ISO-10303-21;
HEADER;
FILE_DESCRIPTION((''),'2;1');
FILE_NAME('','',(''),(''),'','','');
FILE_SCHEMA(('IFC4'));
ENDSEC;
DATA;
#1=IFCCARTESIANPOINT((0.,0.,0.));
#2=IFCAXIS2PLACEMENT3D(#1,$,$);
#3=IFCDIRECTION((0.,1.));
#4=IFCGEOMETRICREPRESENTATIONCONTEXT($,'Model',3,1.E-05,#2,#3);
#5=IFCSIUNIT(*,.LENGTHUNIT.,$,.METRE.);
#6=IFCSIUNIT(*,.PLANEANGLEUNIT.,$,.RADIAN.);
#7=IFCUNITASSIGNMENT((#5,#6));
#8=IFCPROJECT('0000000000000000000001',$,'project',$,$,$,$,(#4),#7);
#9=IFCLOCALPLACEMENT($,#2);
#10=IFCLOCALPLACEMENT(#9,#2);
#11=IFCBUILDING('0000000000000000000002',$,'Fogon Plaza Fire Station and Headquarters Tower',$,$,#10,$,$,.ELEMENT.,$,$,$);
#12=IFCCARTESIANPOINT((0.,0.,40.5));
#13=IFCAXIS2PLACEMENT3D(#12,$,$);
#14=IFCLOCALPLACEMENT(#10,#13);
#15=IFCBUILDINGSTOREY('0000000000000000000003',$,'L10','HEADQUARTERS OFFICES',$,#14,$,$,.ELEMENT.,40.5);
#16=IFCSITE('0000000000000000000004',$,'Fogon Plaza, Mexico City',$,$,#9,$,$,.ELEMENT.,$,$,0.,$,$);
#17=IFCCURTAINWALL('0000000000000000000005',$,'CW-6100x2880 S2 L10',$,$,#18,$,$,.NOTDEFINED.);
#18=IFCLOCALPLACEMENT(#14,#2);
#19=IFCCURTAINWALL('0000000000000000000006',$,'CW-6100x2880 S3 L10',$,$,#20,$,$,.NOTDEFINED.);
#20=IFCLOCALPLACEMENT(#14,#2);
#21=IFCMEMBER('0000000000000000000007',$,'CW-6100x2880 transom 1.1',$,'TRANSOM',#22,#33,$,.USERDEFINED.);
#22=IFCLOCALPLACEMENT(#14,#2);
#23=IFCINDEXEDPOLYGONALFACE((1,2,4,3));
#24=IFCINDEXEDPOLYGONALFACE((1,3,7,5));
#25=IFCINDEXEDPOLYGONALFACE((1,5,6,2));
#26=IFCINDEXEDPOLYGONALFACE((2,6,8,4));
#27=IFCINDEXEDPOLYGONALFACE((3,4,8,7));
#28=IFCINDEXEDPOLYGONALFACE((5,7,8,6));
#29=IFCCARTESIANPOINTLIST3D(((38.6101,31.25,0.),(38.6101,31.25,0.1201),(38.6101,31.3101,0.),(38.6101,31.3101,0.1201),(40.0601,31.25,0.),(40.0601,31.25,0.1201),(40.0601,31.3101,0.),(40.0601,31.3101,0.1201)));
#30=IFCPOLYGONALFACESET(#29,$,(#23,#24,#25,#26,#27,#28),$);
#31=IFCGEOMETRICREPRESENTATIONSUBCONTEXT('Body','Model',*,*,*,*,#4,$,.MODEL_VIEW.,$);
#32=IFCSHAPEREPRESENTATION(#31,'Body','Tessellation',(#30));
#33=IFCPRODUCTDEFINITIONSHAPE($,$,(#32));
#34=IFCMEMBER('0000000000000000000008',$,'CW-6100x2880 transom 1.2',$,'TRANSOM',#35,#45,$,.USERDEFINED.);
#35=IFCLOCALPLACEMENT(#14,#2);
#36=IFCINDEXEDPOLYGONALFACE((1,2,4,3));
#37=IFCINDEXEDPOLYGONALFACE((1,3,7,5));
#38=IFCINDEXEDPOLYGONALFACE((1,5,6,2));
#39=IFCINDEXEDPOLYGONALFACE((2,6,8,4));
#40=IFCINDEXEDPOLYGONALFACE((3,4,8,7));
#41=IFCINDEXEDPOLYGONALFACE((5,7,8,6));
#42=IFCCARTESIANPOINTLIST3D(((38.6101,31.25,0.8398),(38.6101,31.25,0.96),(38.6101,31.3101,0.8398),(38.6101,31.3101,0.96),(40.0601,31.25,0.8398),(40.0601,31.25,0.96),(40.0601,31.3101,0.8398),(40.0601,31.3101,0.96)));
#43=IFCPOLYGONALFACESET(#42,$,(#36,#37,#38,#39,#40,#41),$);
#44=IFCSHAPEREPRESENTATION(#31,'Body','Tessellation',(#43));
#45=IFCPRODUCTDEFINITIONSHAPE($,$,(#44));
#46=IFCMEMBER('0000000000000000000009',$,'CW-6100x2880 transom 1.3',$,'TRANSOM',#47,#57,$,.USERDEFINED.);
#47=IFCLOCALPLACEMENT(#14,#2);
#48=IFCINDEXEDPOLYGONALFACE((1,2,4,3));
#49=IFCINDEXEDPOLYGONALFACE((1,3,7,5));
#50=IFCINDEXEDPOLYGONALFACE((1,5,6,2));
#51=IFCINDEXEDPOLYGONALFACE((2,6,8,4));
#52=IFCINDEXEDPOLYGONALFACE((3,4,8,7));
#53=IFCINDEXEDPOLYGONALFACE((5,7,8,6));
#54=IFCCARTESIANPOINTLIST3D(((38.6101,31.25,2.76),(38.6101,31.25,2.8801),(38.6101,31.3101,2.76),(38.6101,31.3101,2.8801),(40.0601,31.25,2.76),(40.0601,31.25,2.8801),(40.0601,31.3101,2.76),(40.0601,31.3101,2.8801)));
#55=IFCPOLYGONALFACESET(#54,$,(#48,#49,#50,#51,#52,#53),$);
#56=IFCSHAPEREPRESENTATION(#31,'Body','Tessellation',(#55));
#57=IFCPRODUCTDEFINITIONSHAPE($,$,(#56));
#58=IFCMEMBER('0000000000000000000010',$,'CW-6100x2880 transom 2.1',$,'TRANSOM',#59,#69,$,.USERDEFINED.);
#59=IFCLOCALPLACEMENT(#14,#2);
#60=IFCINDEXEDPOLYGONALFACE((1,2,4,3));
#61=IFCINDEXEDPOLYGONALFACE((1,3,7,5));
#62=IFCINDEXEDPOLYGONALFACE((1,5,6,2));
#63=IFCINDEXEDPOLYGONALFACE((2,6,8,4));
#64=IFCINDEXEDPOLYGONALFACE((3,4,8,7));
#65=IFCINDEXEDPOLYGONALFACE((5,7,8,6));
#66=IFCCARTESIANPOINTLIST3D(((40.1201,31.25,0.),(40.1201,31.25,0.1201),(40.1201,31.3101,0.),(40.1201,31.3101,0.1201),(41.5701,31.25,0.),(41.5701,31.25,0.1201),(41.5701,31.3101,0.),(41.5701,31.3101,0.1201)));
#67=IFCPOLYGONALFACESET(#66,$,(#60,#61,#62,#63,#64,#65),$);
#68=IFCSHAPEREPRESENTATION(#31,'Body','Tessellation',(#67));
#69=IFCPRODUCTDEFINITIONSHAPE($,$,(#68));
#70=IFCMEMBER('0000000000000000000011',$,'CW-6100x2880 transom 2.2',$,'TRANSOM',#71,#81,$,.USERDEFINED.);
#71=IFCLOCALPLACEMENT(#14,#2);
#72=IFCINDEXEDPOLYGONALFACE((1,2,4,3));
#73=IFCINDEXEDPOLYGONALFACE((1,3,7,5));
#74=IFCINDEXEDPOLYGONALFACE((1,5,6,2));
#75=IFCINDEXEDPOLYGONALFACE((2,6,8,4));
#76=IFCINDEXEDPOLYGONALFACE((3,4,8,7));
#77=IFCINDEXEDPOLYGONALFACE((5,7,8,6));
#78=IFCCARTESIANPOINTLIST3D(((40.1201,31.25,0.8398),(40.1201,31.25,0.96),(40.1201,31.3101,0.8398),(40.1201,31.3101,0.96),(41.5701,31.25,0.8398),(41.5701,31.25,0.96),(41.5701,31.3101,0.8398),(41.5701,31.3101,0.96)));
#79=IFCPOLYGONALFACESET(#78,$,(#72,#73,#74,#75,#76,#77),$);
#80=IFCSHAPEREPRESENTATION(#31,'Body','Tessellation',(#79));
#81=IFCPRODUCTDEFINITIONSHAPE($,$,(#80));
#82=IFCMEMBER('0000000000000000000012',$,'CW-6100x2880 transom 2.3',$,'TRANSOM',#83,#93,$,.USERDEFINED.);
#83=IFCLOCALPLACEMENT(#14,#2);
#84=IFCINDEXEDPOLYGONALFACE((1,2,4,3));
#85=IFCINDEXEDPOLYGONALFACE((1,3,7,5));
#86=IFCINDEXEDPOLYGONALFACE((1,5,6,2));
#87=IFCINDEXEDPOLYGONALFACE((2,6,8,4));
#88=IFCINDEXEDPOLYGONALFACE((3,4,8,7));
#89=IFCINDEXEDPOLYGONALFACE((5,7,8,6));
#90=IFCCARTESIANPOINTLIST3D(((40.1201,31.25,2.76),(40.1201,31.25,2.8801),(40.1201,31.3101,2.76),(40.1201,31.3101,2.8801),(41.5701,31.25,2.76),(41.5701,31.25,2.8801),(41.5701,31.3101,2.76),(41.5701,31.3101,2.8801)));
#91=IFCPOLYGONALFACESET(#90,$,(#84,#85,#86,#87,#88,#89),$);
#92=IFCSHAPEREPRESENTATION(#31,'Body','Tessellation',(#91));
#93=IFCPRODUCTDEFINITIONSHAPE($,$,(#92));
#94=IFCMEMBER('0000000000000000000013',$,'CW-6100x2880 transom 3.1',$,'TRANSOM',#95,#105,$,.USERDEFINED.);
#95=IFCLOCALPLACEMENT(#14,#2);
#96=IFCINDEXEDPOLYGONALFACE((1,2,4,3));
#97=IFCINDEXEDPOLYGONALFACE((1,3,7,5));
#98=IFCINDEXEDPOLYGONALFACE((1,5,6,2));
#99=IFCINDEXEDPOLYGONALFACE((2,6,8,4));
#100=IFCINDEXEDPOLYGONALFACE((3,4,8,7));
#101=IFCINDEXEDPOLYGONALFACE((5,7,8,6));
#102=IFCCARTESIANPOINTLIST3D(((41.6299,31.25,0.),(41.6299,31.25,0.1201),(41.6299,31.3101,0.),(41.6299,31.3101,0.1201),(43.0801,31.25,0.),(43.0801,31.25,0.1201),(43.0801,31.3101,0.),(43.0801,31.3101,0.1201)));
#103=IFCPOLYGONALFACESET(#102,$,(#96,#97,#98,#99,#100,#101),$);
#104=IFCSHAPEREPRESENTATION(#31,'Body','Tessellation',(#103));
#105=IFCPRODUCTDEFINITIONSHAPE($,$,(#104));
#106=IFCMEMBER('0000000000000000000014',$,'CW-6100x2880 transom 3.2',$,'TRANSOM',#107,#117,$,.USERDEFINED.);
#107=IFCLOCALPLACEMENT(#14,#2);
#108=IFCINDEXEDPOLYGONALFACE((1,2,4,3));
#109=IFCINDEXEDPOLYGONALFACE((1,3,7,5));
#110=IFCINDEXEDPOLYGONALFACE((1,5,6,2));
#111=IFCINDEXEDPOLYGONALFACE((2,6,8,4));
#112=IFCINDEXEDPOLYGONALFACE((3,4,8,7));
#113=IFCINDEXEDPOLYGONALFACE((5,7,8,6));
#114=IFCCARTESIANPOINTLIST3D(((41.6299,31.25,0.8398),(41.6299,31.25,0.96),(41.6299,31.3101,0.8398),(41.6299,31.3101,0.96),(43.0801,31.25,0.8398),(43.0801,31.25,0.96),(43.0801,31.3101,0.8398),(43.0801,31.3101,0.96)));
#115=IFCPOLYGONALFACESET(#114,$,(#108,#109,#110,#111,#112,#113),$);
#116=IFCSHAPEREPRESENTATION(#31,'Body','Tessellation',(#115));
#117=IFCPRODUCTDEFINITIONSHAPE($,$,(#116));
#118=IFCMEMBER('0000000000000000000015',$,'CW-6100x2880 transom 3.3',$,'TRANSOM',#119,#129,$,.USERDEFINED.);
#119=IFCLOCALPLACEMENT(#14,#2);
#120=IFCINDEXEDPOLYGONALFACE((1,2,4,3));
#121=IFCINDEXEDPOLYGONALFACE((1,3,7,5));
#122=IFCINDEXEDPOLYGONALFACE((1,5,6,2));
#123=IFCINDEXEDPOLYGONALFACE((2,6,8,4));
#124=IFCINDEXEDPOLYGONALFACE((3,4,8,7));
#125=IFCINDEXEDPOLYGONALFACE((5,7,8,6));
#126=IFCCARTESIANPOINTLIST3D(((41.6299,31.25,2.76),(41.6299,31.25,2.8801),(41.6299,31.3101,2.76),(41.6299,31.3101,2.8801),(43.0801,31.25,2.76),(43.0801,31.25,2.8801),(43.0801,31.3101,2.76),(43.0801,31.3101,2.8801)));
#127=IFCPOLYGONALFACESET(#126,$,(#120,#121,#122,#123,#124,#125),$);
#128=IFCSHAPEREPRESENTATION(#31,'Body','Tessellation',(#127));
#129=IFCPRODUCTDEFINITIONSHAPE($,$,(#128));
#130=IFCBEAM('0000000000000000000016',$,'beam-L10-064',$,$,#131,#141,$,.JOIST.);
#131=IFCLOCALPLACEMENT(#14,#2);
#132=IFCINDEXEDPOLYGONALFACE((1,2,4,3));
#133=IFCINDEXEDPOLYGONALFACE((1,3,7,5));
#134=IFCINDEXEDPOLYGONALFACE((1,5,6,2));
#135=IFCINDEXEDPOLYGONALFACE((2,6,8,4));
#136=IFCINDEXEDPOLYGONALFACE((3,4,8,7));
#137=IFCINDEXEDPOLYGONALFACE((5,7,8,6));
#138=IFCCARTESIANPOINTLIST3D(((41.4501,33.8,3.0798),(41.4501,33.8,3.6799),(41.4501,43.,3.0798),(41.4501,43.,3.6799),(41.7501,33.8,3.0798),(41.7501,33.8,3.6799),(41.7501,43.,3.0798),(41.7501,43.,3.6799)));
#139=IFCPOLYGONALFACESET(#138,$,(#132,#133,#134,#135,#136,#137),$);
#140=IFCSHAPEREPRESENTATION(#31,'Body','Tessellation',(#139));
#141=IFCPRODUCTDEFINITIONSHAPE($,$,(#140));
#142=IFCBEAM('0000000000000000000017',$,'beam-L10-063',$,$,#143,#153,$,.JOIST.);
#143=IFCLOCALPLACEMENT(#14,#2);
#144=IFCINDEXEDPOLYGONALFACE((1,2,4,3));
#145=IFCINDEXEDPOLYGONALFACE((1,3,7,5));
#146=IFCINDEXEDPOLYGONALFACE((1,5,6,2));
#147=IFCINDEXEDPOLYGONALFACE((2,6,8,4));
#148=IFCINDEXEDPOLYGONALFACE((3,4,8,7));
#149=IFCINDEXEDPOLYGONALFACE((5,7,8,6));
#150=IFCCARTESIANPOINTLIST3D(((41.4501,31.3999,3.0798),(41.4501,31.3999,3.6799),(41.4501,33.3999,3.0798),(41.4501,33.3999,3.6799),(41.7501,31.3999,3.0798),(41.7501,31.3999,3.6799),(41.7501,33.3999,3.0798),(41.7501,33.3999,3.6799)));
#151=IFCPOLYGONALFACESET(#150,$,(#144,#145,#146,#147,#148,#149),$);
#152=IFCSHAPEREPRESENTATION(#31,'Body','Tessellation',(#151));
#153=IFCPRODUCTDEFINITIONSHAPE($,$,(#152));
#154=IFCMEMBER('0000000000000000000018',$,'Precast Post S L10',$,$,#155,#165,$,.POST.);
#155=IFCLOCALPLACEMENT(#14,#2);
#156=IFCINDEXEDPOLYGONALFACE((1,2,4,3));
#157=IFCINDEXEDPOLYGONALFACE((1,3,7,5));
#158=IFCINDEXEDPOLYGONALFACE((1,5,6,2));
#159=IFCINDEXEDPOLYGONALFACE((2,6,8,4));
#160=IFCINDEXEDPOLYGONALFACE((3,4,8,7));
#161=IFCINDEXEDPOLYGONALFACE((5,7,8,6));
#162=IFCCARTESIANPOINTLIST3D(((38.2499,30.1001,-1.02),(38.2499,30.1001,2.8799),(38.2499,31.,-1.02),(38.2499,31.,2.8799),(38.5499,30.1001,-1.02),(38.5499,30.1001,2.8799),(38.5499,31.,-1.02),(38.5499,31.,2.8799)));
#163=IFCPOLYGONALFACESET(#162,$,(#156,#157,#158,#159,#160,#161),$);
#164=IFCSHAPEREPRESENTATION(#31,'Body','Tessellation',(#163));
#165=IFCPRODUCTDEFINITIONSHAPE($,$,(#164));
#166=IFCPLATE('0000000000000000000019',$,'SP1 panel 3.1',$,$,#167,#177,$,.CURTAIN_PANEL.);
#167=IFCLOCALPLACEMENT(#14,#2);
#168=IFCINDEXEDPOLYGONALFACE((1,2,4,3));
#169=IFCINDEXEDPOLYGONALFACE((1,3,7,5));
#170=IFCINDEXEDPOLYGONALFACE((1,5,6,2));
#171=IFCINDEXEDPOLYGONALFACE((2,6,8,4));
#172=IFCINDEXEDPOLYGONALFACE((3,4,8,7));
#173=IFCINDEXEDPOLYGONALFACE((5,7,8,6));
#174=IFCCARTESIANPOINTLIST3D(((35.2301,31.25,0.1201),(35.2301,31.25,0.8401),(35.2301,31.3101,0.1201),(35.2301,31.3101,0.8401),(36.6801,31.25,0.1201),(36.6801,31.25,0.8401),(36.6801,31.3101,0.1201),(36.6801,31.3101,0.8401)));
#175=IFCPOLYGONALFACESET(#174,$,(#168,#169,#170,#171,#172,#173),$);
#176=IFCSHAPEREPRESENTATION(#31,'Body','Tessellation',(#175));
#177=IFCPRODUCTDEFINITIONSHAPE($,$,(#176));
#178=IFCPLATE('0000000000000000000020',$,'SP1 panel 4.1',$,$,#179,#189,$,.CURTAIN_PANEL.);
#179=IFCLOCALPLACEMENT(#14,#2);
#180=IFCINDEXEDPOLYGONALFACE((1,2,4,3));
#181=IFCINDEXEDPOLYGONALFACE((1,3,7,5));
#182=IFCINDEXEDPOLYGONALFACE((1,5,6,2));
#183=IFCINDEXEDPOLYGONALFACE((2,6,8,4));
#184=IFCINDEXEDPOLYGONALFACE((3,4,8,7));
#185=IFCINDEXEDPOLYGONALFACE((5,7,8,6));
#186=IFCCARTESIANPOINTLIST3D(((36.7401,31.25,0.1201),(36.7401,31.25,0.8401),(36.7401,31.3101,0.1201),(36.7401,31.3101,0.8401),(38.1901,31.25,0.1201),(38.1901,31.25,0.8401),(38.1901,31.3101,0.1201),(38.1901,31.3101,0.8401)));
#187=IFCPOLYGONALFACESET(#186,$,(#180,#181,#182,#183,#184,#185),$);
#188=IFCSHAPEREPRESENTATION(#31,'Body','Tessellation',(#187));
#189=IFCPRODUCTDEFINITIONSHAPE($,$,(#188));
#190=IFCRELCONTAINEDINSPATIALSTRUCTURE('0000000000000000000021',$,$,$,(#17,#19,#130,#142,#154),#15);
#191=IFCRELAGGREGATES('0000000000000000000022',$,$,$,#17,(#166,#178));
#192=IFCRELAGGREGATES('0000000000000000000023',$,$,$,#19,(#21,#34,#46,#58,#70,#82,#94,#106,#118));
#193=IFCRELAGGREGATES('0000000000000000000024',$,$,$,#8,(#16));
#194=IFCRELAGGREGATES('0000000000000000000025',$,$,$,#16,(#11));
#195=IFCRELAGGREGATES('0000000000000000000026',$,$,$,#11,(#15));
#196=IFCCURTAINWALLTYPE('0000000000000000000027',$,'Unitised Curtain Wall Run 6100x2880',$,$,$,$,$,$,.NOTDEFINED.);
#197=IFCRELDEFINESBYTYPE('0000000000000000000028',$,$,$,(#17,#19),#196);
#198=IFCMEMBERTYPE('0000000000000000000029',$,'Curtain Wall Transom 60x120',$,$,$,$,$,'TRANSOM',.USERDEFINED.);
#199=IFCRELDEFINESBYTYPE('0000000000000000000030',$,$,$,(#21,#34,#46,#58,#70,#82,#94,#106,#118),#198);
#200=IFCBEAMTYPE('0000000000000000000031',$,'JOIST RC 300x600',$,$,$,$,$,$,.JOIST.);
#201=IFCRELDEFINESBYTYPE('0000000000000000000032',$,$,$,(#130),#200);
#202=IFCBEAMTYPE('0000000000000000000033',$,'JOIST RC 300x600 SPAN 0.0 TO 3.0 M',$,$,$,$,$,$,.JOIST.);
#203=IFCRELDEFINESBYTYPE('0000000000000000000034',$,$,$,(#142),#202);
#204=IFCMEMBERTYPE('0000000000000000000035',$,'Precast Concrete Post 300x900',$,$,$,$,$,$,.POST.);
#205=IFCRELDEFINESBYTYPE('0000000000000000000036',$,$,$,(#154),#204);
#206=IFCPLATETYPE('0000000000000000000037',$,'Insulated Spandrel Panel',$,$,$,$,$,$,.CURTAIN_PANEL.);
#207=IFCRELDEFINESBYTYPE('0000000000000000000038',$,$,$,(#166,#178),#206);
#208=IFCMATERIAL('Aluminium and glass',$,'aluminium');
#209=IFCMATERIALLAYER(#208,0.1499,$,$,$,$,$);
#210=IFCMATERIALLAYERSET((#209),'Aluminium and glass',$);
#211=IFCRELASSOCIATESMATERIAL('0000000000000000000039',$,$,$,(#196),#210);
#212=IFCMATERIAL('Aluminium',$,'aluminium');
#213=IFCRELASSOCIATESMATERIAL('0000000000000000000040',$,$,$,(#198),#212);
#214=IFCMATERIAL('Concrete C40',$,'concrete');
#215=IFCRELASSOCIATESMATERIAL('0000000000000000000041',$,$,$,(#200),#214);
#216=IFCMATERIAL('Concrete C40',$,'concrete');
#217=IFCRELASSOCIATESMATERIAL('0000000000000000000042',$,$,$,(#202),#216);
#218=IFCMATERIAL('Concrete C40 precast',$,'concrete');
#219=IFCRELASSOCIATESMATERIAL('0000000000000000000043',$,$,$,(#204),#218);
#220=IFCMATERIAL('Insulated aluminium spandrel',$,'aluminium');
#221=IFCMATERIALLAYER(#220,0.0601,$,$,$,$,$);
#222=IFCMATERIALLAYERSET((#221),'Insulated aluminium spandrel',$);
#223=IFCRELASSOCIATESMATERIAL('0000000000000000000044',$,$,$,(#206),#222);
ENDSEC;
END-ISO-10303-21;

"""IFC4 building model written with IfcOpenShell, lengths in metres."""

from ifc_helpers import new_model, si_unit, direction, frame, origin, origin_2d, place, context, subcontext, project, spatial, rectangle, extrude, material, layer, layer_set, material_profile, profile_set, type_object, element, aggregate, save


model = new_model("IFC4")

# Units and contexts
model_context = context("Model", 3, precision=1e-05, world=origin(), true_north=direction((0.0, 1.0)))
body_context = subcontext(model_context, "Body", "Model", "MODEL_VIEW")
ifc_project = project(units=[si_unit("LENGTHUNIT", "METRE"), si_unit("PLANEANGLEUNIT", "RADIAN")], contexts=[model_context])

# Site, building, storey
site_placement = place(None, origin())
site = spatial("IfcSite", under=ifc_project, at=site_placement, Name="Fogon Plaza, Mexico City", CompositionType="ELEMENT", RefElevation=0.0)
building_placement = place(site_placement, origin())
building = spatial("IfcBuilding", under=site, at=building_placement, Name="Fogon Plaza Fire Station and Headquarters Tower", CompositionType="ELEMENT")
storey_placement = place(building_placement, frame((0.0, 0.0, 40.5)))
storey = spatial("IfcBuildingStorey", under=building, at=storey_placement, Name="L10", Description="HEADQUARTERS OFFICES", CompositionType="ELEMENT", Elevation=40.5)

# Curtain walls
ifc_material_1 = material(Name="Aluminium and glass", Category="aluminium")
ifc_layer_1 = layer(ifc_material_1, 0.1499)
ifc_layer_set_1 = layer_set([ifc_layer_1], Name="Aluminium and glass")
curtain_wall_type = type_object("IfcCurtainWallType", Name="Unitised Curtain Wall Run 6100x2880", PredefinedType="NOTDEFINED", material=ifc_layer_set_1)
curtain_wall_1_placement = place(storey_placement, origin())
curtain_wall_1 = element("IfcCurtainWall", 1, at=curtain_wall_1_placement, inside=storey, type_object=curtain_wall_type, Name="CW-6100x2880 S2 L10", PredefinedType="NOTDEFINED")
curtain_wall_2_placement = place(storey_placement, origin())
curtain_wall_2 = element("IfcCurtainWall", 2, at=curtain_wall_2_placement, inside=storey, type_object=curtain_wall_type, Name="CW-6100x2880 S3 L10", PredefinedType="NOTDEFINED")

# Members
ifc_material_2 = material(Name="Aluminium", Category="aluminium")
ifc_material_profile_1 = material_profile(ifc_material_2, rectangle(XDim=0.0601, YDim=0.1201, at=origin_2d()), Name="Curtain Wall Transom 60x120")
ifc_profile_set_1 = profile_set([ifc_material_profile_1], Name="Aluminium")
member_type_1 = type_object("IfcMemberType", Name="Curtain Wall Transom 60x120", ElementType="TRANSOM", PredefinedType="USERDEFINED", material=ifc_profile_set_1)
member_1_placement = place(storey_placement, frame((38.6101, 31.28, 0.0601), z_axis=(1.0, 0.0, 0.0), x_axis=(0.0, 1.0, 0.0)))
member_1 = element("IfcMember", 3, at=member_1_placement, type_object=member_type_1, Name="CW-6100x2880 transom 1.1", ObjectType="TRANSOM", PredefinedType="USERDEFINED", context=body_context, shape_type="SweptSolid", body=[
    extrude(rectangle(XDim=0.0601, YDim=0.1201, at=origin_2d()), origin(), (0.0, 0.0, 1.0), 1.45),
])
member_2_placement = place(storey_placement, frame((38.6101, 31.28, 0.8999), z_axis=(1.0, 0.0, 0.0), x_axis=(0.0, 1.0, 0.0)))
member_2 = element("IfcMember", 4, at=member_2_placement, type_object=member_type_1, Name="CW-6100x2880 transom 1.2", ObjectType="TRANSOM", PredefinedType="USERDEFINED", context=body_context, shape_type="SweptSolid", body=[
    extrude(rectangle(XDim=0.0601, YDim=0.1201, at=origin_2d()), origin(), (0.0, 0.0, 1.0), 1.45),
])
member_3_placement = place(storey_placement, frame((38.6101, 31.28, 2.8201), z_axis=(1.0, 0.0, 0.0), x_axis=(0.0, 1.0, 0.0)))
member_3 = element("IfcMember", 5, at=member_3_placement, type_object=member_type_1, Name="CW-6100x2880 transom 1.3", ObjectType="TRANSOM", PredefinedType="USERDEFINED", context=body_context, shape_type="SweptSolid", body=[
    extrude(rectangle(XDim=0.0601, YDim=0.1201, at=origin_2d()), origin(), (0.0, 0.0, 1.0), 1.45),
])
member_4_placement = place(storey_placement, frame((40.1201, 31.28, 0.0601), z_axis=(1.0, 0.0, 0.0), x_axis=(0.0, 1.0, 0.0)))
member_4 = element("IfcMember", 6, at=member_4_placement, type_object=member_type_1, Name="CW-6100x2880 transom 2.1", ObjectType="TRANSOM", PredefinedType="USERDEFINED", context=body_context, shape_type="SweptSolid", body=[
    extrude(rectangle(XDim=0.0601, YDim=0.1201, at=origin_2d()), origin(), (0.0, 0.0, 1.0), 1.45),
])
member_5_placement = place(storey_placement, frame((40.1201, 31.28, 0.8999), z_axis=(1.0, 0.0, 0.0), x_axis=(0.0, 1.0, 0.0)))
member_5 = element("IfcMember", 7, at=member_5_placement, type_object=member_type_1, Name="CW-6100x2880 transom 2.2", ObjectType="TRANSOM", PredefinedType="USERDEFINED", context=body_context, shape_type="SweptSolid", body=[
    extrude(rectangle(XDim=0.0601, YDim=0.1201, at=origin_2d()), origin(), (0.0, 0.0, 1.0), 1.45),
])
member_6_placement = place(storey_placement, frame((40.1201, 31.28, 2.8201), z_axis=(1.0, 0.0, 0.0), x_axis=(0.0, 1.0, 0.0)))
member_6 = element("IfcMember", 8, at=member_6_placement, type_object=member_type_1, Name="CW-6100x2880 transom 2.3", ObjectType="TRANSOM", PredefinedType="USERDEFINED", context=body_context, shape_type="SweptSolid", body=[
    extrude(rectangle(XDim=0.0601, YDim=0.1201, at=origin_2d()), origin(), (0.0, 0.0, 1.0), 1.45),
])
member_7_placement = place(storey_placement, frame((41.6299, 31.28, 0.0601), z_axis=(1.0, 0.0, 0.0), x_axis=(0.0, 1.0, 0.0)))
member_7 = element("IfcMember", 9, at=member_7_placement, type_object=member_type_1, Name="CW-6100x2880 transom 3.1", ObjectType="TRANSOM", PredefinedType="USERDEFINED", context=body_context, shape_type="SweptSolid", body=[
    extrude(rectangle(XDim=0.0601, YDim=0.1201, at=origin_2d()), origin(), (0.0, 0.0, 1.0), 1.4502),
])
member_8_placement = place(storey_placement, frame((41.6299, 31.28, 0.8999), z_axis=(1.0, 0.0, 0.0), x_axis=(0.0, 1.0, 0.0)))
member_8 = element("IfcMember", 10, at=member_8_placement, type_object=member_type_1, Name="CW-6100x2880 transom 3.2", ObjectType="TRANSOM", PredefinedType="USERDEFINED", context=body_context, shape_type="SweptSolid", body=[
    extrude(rectangle(XDim=0.0601, YDim=0.1201, at=origin_2d()), origin(), (0.0, 0.0, 1.0), 1.4502),
])
member_9_placement = place(storey_placement, frame((41.6299, 31.28, 2.8201), z_axis=(1.0, 0.0, 0.0), x_axis=(0.0, 1.0, 0.0)))
member_9 = element("IfcMember", 11, at=member_9_placement, type_object=member_type_1, Name="CW-6100x2880 transom 3.3", ObjectType="TRANSOM", PredefinedType="USERDEFINED", context=body_context, shape_type="SweptSolid", body=[
    extrude(rectangle(XDim=0.0601, YDim=0.1201, at=origin_2d()), origin(), (0.0, 0.0, 1.0), 1.4502),
])

# Beams
ifc_material_3 = material(Name="Concrete C40", Category="concrete")
ifc_material_profile_2 = material_profile(ifc_material_3, rectangle(XDim=0.3, YDim=0.6001, at=origin_2d()), Name="RC 300x600")
ifc_profile_set_2 = profile_set([ifc_material_profile_2], Name="Concrete C40")
beam_type_1 = type_object("IfcBeamType", Name="JOIST RC 300x600", PredefinedType="JOIST", material=ifc_profile_set_2)
beam_1_placement = place(storey_placement, frame((41.6001, 33.8, 3.3799), z_axis=(0.0, 1.0, 0.0), x_axis=(-1.0, 0.0, 0.0)))
element("IfcBeam", 12, at=beam_1_placement, inside=storey, type_object=beam_type_1, Name="beam-L10-064", PredefinedType="JOIST", context=body_context, shape_type="SweptSolid", body=[
    extrude(rectangle(XDim=0.3, YDim=0.6001, at=origin_2d()), origin(), (0.0, 0.0, 1.0), 9.2),
])
ifc_material_4 = material(Name="Concrete C40", Category="concrete")
ifc_material_profile_3 = material_profile(ifc_material_4, rectangle(XDim=0.3, YDim=0.6001, at=origin_2d()), Name="RC 300x600")
ifc_profile_set_3 = profile_set([ifc_material_profile_3], Name="Concrete C40")
beam_type_2 = type_object("IfcBeamType", Name="JOIST RC 300x600 SPAN 0.0 TO 3.0 M", PredefinedType="JOIST", material=ifc_profile_set_3)
beam_2_placement = place(storey_placement, frame((41.6001, 31.3999, 3.3799), z_axis=(0.0, 1.0, 0.0), x_axis=(-1.0, 0.0, 0.0)))
element("IfcBeam", 13, at=beam_2_placement, inside=storey, type_object=beam_type_2, Name="beam-L10-063", PredefinedType="JOIST", context=body_context, shape_type="SweptSolid", body=[
    extrude(rectangle(XDim=0.3, YDim=0.6001, at=origin_2d()), origin(), (0.0, 0.0, 1.0), 2.0),
])

# Member
ifc_material_5 = material(Name="Concrete C40 precast", Category="concrete")
ifc_material_profile_4 = material_profile(ifc_material_5, rectangle(XDim=0.3, YDim=0.8999, at=origin_2d()), Name="Precast Concrete Post 300x900")
ifc_profile_set_4 = profile_set([ifc_material_profile_4], Name="Concrete C40 precast")
member_type_2 = type_object("IfcMemberType", Name="Precast Concrete Post 300x900", PredefinedType="POST", material=ifc_profile_set_4)
member_10_placement = place(storey_placement, frame((38.3999, 30.55, -1.02), z_axis=(0.0, 0.0, 1.0), x_axis=(1.0, 0.0, 0.0)))
element("IfcMember", 14, at=member_10_placement, inside=storey, type_object=member_type_2, Name="Precast Post S L10", PredefinedType="POST", context=body_context, shape_type="SweptSolid", body=[
    extrude(rectangle(XDim=0.3, YDim=0.8999, at=origin_2d()), origin(), (0.0, 0.0, 1.0), 3.8999),
])

# Plates
ifc_material_6 = material(Name="Insulated aluminium spandrel", Category="aluminium")
ifc_layer_2 = layer(ifc_material_6, 0.0601)
ifc_layer_set_2 = layer_set([ifc_layer_2], Name="Insulated aluminium spandrel")
plate_type_1 = type_object("IfcPlateType", Name="Insulated Spandrel Panel", PredefinedType="CURTAIN_PANEL", material=ifc_layer_set_2)
plate_1_placement = place(storey_placement, frame((35.9551, 31.28, 0.1201), z_axis=(0.0, 0.0, 1.0), x_axis=(1.0, 0.0, 0.0)))
plate_1 = element("IfcPlate", 15, at=plate_1_placement, type_object=plate_type_1, Name="SP1 panel 3.1", PredefinedType="CURTAIN_PANEL", context=body_context, shape_type="SweptSolid", body=[
    extrude(rectangle(XDim=1.45, YDim=0.0601, at=origin_2d()), origin(), (0.0, 0.0, 1.0), 0.72),
])
plate_2_placement = place(storey_placement, frame((37.4651, 31.28, 0.1201), z_axis=(0.0, 0.0, 1.0), x_axis=(1.0, 0.0, 0.0)))
plate_2 = element("IfcPlate", 16, at=plate_2_placement, type_object=plate_type_1, Name="SP1 panel 4.1", PredefinedType="CURTAIN_PANEL", context=body_context, shape_type="SweptSolid", body=[
    extrude(rectangle(XDim=1.45, YDim=0.0601, at=origin_2d()), origin(), (0.0, 0.0, 1.0), 0.72),
])
aggregate(curtain_wall_1, [plate_1, plate_2])
aggregate(curtain_wall_2, [member_1, member_2, member_3, member_4, member_5, member_6, member_7, member_8, member_9])

save(model, "model.ifc")
